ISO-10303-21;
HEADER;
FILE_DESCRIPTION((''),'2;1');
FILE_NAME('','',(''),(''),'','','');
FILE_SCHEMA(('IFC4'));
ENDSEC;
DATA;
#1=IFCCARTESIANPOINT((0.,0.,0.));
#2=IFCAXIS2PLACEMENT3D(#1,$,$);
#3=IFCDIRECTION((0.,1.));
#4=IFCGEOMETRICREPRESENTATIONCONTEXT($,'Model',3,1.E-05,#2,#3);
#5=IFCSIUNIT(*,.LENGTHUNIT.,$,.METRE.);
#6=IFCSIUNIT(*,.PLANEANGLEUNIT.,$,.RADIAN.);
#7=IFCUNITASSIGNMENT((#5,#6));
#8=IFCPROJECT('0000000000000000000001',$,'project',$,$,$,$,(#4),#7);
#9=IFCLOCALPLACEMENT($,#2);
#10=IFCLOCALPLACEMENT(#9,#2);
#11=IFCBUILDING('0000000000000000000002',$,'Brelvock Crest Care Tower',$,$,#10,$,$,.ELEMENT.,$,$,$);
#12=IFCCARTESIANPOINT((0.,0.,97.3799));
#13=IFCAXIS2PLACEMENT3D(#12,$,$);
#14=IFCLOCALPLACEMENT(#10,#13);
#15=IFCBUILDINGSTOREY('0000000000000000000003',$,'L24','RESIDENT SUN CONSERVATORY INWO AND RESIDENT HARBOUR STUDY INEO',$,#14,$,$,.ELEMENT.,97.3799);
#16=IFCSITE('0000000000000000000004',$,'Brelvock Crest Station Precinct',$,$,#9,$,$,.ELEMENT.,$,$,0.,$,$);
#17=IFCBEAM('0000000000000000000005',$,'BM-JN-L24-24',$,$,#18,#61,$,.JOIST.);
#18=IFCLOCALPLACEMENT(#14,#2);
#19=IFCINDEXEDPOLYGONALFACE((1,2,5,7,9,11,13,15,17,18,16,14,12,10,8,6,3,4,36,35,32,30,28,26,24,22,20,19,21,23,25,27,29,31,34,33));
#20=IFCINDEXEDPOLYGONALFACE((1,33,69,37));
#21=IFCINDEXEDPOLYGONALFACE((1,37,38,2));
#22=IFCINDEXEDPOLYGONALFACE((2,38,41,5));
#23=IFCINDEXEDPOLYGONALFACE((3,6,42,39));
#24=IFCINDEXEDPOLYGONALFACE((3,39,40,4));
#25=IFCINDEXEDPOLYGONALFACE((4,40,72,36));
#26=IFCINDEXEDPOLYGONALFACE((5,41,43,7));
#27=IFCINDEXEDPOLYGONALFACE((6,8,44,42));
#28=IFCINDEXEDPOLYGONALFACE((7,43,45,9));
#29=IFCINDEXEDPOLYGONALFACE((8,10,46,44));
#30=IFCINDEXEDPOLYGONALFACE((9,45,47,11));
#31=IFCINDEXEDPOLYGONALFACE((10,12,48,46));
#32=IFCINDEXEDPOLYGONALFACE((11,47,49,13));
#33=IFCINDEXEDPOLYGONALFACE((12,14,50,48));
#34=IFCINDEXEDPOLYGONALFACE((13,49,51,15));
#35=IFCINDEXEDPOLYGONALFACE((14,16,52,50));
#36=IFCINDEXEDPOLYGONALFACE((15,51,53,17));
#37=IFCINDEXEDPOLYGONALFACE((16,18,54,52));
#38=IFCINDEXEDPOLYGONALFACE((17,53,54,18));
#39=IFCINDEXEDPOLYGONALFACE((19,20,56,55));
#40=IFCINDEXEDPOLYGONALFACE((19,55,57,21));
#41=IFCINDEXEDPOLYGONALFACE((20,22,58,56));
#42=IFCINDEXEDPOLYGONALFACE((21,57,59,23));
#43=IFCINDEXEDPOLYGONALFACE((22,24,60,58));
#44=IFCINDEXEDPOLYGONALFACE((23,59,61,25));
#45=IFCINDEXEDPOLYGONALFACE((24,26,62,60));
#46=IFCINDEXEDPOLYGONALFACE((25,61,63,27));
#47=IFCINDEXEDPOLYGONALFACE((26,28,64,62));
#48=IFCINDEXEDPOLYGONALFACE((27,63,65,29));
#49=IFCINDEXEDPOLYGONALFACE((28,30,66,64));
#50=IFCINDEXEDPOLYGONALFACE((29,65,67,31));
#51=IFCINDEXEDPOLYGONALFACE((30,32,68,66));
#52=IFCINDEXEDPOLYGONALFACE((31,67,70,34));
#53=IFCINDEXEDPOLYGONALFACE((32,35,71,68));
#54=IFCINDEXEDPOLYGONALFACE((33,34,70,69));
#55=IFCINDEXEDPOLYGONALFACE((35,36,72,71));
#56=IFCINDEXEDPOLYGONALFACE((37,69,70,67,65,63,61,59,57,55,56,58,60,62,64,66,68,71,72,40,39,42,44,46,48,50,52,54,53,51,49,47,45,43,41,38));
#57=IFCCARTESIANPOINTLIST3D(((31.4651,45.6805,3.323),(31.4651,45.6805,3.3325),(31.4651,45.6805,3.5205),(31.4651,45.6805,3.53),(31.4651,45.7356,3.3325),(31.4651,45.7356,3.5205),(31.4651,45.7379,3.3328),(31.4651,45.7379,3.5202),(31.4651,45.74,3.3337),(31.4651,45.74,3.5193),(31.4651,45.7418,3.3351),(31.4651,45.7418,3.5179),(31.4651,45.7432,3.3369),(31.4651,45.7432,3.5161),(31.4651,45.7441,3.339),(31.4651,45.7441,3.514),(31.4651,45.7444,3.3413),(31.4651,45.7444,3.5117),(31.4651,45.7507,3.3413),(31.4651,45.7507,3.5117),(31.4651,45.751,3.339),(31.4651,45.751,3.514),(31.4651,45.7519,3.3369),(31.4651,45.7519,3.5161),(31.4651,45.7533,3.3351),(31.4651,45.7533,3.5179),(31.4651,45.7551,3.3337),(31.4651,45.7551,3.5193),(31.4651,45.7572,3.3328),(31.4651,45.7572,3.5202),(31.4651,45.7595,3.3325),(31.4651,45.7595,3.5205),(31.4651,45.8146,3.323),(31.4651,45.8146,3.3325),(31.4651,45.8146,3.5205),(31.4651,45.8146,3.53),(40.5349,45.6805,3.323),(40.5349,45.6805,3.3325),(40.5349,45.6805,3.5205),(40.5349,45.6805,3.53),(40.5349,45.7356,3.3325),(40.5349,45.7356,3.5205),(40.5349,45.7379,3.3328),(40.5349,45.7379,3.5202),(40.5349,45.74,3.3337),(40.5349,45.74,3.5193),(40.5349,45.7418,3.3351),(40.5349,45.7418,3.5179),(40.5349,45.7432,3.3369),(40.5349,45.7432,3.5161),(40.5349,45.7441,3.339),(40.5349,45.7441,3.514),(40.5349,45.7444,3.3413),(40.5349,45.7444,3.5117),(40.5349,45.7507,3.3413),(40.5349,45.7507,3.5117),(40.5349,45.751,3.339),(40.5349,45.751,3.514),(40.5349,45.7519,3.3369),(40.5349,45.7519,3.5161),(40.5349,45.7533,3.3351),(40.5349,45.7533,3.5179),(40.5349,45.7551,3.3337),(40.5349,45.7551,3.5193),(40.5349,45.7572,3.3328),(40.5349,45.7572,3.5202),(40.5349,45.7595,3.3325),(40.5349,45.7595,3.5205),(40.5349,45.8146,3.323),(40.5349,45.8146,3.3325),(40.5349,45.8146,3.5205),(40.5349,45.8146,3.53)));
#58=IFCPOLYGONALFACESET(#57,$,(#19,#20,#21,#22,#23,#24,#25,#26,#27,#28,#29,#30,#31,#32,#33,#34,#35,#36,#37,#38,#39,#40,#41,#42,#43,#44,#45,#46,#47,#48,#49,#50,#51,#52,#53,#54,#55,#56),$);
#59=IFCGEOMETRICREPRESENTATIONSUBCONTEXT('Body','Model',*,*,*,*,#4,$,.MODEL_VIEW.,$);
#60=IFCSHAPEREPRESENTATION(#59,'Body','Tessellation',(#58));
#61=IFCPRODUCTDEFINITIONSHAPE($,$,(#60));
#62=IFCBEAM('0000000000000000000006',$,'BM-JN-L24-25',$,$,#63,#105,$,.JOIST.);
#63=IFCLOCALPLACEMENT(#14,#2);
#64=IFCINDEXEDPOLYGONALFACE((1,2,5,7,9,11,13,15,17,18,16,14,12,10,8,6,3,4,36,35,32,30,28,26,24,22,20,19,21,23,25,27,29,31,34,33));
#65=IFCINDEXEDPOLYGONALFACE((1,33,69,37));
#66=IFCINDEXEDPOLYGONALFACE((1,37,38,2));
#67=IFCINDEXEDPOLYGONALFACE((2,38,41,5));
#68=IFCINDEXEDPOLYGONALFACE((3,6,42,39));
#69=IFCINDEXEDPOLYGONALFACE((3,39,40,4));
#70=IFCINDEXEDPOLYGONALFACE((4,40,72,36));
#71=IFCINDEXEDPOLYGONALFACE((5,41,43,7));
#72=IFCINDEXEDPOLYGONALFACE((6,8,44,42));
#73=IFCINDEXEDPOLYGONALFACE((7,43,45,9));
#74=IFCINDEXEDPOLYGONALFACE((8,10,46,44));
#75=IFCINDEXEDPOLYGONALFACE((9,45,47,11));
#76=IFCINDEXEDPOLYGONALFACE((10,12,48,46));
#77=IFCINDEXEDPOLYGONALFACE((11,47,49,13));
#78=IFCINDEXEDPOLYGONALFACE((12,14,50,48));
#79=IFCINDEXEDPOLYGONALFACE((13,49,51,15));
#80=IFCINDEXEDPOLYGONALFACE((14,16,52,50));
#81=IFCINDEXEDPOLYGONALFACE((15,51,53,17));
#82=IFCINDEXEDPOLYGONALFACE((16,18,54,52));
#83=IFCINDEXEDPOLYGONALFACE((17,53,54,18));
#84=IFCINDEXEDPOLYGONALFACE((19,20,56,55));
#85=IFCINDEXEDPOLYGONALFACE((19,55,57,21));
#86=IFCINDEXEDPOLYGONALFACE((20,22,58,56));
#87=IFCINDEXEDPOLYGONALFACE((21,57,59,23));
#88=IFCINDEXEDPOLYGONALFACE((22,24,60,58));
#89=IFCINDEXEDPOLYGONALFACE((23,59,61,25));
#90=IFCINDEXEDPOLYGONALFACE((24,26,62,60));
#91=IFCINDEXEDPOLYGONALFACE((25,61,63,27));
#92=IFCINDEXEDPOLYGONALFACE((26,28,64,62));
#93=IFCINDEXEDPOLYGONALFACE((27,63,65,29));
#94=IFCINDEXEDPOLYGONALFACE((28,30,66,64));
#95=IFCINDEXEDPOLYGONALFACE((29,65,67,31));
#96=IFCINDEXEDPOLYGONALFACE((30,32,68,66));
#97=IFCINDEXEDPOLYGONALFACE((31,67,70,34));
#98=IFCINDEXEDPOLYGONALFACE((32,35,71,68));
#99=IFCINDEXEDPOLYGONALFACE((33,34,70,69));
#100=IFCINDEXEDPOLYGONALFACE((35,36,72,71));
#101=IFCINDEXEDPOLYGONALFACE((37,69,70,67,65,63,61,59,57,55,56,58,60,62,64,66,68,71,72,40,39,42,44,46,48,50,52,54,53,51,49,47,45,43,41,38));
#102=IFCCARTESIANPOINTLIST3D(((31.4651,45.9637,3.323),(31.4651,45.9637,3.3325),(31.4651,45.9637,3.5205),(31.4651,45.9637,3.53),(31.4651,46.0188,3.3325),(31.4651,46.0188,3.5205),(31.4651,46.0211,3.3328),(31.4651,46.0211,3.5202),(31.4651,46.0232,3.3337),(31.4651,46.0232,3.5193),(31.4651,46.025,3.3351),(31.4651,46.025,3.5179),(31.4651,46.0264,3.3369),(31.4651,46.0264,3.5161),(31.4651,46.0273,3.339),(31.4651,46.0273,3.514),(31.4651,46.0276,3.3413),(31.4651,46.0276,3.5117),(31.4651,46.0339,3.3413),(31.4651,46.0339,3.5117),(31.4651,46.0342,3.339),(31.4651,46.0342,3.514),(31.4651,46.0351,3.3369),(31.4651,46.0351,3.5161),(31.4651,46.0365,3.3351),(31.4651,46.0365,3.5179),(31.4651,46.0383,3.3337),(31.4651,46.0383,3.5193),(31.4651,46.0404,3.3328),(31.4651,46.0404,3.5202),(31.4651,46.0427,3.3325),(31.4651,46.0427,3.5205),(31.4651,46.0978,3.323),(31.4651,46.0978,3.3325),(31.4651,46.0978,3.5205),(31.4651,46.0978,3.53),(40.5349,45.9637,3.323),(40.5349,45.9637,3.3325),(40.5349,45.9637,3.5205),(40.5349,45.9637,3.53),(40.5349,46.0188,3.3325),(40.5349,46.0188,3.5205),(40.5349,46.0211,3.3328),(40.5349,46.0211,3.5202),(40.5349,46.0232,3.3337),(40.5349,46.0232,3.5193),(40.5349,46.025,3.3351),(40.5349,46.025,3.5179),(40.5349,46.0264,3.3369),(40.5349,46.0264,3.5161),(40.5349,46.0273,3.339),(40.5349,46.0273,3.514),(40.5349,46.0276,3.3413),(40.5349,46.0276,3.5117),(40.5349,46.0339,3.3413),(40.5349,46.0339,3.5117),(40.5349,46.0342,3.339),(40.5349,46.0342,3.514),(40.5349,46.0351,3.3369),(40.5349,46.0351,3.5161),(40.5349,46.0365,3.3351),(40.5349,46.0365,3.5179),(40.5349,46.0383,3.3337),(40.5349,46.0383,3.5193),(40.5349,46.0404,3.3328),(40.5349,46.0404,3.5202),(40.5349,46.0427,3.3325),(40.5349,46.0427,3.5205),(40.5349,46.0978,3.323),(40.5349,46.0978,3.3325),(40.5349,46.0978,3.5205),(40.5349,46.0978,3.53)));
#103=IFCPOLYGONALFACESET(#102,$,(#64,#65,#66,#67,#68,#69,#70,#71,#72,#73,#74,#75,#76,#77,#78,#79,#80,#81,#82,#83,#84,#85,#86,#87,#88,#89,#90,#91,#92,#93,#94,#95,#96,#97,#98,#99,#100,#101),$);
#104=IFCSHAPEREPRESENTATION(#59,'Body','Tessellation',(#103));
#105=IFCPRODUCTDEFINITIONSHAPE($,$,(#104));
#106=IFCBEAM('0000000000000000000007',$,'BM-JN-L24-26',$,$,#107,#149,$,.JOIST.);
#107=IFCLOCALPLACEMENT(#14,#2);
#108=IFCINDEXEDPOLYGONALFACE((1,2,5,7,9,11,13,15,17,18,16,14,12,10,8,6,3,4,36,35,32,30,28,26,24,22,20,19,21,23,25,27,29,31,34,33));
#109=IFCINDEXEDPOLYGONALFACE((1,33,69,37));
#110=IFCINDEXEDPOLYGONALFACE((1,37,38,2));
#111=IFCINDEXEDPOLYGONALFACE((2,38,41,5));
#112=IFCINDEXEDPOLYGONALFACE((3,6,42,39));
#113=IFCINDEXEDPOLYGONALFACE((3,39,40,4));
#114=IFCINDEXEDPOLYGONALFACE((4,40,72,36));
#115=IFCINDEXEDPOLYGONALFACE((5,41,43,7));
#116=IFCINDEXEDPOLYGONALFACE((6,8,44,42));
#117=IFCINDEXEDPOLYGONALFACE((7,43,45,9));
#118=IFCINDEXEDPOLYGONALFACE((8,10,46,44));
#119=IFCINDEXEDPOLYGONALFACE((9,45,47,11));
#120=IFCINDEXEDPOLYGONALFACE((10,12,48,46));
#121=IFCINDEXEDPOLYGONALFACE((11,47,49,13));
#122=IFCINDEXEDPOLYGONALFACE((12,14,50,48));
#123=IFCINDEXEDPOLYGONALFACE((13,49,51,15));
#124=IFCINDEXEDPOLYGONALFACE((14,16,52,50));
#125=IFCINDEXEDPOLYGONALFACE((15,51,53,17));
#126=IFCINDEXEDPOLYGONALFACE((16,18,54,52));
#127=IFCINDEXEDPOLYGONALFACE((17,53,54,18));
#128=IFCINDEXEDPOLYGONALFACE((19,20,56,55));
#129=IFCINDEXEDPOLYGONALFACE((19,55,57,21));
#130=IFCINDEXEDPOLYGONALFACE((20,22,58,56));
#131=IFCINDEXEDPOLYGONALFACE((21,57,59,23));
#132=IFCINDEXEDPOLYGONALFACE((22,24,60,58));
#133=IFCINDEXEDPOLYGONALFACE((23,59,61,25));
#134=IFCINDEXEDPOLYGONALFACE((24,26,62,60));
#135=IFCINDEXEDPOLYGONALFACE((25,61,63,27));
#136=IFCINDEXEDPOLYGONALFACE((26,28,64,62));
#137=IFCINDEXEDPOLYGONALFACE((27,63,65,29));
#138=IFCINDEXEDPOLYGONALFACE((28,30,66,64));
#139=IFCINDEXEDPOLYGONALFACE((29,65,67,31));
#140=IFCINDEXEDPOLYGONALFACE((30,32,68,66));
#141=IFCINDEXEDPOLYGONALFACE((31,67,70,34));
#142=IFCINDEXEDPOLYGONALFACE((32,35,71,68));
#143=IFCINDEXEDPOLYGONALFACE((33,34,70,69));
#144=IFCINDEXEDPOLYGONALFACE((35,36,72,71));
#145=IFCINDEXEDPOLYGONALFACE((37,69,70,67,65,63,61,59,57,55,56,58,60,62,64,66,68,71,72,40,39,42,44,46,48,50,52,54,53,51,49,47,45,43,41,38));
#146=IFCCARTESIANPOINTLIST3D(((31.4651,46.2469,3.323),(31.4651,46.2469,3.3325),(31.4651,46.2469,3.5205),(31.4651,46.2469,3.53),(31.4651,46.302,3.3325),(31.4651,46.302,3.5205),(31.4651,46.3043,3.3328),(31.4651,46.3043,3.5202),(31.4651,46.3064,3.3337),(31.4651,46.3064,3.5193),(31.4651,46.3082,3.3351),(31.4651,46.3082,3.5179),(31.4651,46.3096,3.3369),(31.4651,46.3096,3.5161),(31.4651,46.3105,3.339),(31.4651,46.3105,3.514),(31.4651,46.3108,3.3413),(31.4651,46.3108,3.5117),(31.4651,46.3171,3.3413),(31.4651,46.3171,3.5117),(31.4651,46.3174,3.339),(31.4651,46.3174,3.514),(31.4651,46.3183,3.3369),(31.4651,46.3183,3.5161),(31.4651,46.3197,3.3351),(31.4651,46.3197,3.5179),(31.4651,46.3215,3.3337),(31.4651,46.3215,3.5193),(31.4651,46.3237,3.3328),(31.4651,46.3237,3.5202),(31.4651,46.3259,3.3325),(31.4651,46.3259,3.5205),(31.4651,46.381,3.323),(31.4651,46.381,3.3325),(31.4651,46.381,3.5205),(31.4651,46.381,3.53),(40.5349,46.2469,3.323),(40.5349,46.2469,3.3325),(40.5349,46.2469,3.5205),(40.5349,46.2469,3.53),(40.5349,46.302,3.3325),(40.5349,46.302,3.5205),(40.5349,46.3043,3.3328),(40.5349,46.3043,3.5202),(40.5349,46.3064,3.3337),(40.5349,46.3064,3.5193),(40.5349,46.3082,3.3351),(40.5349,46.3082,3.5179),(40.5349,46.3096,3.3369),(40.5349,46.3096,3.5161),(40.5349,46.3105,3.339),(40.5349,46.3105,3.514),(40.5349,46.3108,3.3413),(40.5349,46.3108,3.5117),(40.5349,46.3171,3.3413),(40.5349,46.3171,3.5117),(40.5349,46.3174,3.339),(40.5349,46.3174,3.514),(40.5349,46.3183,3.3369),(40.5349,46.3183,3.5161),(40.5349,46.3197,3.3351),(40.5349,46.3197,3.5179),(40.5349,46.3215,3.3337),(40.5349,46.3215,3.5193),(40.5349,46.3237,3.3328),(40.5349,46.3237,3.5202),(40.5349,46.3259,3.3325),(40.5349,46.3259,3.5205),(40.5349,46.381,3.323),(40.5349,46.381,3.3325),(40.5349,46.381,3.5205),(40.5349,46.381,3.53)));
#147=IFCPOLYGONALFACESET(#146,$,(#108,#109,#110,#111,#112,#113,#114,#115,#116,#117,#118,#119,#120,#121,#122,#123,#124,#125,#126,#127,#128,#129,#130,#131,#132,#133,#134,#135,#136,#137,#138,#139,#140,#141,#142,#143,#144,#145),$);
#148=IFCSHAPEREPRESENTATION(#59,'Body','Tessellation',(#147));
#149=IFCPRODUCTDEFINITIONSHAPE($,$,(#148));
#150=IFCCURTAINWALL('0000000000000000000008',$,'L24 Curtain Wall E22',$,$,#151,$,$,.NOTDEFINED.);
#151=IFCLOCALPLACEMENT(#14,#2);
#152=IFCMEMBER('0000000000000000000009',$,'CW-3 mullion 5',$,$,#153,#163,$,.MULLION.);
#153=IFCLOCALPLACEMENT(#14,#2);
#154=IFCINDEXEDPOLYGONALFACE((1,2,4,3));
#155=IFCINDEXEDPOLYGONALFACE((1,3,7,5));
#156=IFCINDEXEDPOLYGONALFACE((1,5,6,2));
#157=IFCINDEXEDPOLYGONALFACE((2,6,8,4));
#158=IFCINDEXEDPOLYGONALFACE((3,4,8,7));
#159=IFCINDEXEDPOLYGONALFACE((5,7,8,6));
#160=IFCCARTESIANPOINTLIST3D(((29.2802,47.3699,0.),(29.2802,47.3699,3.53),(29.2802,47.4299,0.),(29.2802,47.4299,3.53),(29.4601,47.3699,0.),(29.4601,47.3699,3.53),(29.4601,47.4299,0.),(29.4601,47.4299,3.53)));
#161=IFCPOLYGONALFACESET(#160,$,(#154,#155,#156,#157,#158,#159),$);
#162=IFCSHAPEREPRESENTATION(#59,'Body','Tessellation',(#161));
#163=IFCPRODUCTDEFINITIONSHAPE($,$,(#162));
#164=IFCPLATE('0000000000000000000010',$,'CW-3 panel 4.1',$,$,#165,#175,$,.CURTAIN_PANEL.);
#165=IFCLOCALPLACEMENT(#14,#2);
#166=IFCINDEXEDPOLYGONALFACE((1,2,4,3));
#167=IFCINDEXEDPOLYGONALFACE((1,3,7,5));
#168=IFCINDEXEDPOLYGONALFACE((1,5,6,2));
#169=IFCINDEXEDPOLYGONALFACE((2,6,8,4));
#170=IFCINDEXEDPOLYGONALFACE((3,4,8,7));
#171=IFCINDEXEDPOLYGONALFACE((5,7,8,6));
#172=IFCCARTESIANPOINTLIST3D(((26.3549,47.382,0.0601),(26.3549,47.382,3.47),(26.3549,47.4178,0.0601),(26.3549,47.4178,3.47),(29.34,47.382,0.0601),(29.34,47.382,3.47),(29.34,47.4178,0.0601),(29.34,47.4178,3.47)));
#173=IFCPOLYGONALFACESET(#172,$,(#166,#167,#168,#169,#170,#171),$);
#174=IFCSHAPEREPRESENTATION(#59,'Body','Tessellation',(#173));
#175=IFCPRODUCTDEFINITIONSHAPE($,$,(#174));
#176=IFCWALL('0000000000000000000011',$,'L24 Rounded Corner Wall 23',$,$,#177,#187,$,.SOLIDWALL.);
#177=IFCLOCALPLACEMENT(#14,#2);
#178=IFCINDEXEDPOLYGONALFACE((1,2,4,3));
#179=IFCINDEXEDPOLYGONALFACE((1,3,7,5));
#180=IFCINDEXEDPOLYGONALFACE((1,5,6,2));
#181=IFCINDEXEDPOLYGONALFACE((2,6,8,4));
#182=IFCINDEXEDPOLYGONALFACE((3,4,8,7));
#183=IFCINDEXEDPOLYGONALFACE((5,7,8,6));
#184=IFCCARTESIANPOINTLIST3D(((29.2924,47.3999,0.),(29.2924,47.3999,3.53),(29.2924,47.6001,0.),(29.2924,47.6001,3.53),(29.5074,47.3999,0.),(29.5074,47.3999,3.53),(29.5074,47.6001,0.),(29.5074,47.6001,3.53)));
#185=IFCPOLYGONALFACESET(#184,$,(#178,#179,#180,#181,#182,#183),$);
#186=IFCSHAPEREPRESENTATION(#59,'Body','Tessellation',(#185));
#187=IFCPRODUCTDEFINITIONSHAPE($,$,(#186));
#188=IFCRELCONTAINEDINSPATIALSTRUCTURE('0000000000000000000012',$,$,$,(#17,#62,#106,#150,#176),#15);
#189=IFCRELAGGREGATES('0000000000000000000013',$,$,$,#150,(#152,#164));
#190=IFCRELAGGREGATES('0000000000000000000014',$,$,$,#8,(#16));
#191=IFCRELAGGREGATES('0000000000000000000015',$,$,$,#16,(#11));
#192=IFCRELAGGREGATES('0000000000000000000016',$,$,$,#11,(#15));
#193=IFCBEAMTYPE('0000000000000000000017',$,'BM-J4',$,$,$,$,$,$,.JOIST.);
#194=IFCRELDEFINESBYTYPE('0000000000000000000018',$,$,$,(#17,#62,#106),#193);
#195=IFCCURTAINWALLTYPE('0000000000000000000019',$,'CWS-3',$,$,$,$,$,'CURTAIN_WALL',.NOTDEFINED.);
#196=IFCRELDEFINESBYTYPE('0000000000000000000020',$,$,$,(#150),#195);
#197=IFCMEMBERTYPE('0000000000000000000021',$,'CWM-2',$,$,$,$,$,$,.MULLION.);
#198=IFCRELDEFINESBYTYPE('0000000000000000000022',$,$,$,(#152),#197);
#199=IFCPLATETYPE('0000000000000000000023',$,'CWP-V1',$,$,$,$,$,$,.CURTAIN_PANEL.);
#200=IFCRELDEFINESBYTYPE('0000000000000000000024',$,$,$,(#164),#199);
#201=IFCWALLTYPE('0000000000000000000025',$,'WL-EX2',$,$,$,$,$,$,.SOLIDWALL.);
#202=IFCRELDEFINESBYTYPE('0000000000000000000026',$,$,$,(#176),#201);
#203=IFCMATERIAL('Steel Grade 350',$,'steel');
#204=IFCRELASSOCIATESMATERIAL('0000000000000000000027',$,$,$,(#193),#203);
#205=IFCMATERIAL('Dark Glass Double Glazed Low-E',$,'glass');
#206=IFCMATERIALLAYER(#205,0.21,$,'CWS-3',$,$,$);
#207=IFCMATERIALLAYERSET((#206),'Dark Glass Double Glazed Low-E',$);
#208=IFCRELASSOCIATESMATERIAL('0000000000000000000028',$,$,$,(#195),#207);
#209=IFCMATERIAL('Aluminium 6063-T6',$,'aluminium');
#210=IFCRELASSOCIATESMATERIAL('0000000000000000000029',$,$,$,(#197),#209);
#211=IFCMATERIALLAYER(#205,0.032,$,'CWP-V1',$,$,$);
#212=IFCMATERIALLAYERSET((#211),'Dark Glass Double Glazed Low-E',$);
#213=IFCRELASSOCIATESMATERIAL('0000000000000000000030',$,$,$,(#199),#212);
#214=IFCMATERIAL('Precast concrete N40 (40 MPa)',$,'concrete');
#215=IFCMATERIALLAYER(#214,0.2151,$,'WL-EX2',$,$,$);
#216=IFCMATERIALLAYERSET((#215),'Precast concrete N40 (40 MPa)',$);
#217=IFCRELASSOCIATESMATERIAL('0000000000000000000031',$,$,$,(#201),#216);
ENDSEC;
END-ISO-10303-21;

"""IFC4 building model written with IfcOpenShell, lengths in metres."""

from ifc_helpers import new_model, si_unit, direction, frame, frame_2d, origin, origin_2d, place, context, subcontext, project, spatial, rectangle, i_section, extrude, source, transform, mapped, material, layer, layer_set, material_profile, profile_set, type_object, element, aggregate, save


model = new_model("IFC4")

# Units and contexts
model_context = context("Model", 3, precision=1e-05, world=origin(), true_north=direction((0.0, 1.0)))
body_context = subcontext(model_context, "Body", "Model", "MODEL_VIEW")
ifc_project = project(units=[si_unit("LENGTHUNIT", "METRE"), si_unit("PLANEANGLEUNIT", "RADIAN")], contexts=[model_context])

# Site, building, storey
site_placement = place(None, origin())
site = spatial("IfcSite", under=ifc_project, at=site_placement, Name="Brelvock Crest Station Precinct", CompositionType="ELEMENT", RefElevation=0.0)
building_placement = place(site_placement, origin())
building = spatial("IfcBuilding", under=site, at=building_placement, Name="Brelvock Crest Care Tower", CompositionType="ELEMENT")
storey_placement = place(building_placement, frame((0.0, 0.0, 97.3799)))
storey = spatial("IfcBuildingStorey", under=building, at=storey_placement, Name="L24", Description="RESIDENT SUN CONSERVATORY INWO AND RESIDENT HARBOUR STUDY INEO", CompositionType="ELEMENT", Elevation=97.3799)

# Shared definitions
ifc_material_1 = material(Name="Steel Grade 350", Category="steel")

# Beams
ifc_material_profile_1 = material_profile(ifc_material_1, i_section(OverallWidth=0.134, OverallDepth=0.207, WebThickness=0.0063, FlangeThickness=0.0095, FilletRadius=0.0088, at=origin_2d()), Name="200UB29.8")
ifc_profile_set_1 = profile_set([ifc_material_profile_1], Name="Steel Grade 350")
beam_type_1 = type_object("IfcBeamType", Name="BM-J4", PredefinedType="JOIST", material=ifc_profile_set_1)
shared_shape_1 = source(origin(), body_context, "Body", "SweptSolid", [
    extrude(i_section(OverallWidth=0.134, OverallDepth=0.207, WebThickness=0.0063, FlangeThickness=0.0095, FilletRadius=0.0088, at=origin_2d()), origin(), (0.0, 0.0, 1.0), 9.0698),
])
for number, where, z_axis, x_axis, name in (
    (1, (31.4651, 45.7476, 3.4265), (1.0, 0.0, 0.0), (0.0, 1.0, 0.0), "BM-JN-L24-24"),
    (2, (31.4651, 46.0308, 3.4265), (1.0, 0.0, 0.0), (0.0, 1.0, 0.0), "BM-JN-L24-25"),
    (3, (31.4651, 46.314, 3.4265), (1.0, 0.0, 0.0), (0.0, 1.0, 0.0), "BM-JN-L24-26"),
):
    element("IfcBeam", number, at=place(storey_placement, frame(where, z_axis=z_axis, x_axis=x_axis)), inside=storey, type_object=beam_type_1, Name=name, PredefinedType="JOIST", context=body_context, shape_type="MappedRepresentation", body=[
        mapped(shared_shape_1, transform((0.0, 0.0, 0.0), x_axis=(1.0, 0.0, 0.0), y_axis=(0.0, 1.0, 0.0), z_axis=(0.0, 0.0, 1.0), scale=1.0)),
    ])

# Curtain wall, member, plate
ifc_material_2 = material(Name="Dark Glass Double Glazed Low-E", Category="glass")
ifc_layer_1 = layer(ifc_material_2, 0.21, Name="CWS-3")
ifc_layer_set_1 = layer_set([ifc_layer_1], Name="Dark Glass Double Glazed Low-E")
curtain_wall_type = type_object("IfcCurtainWallType", Name="CWS-3", ElementType="CURTAIN_WALL", PredefinedType="NOTDEFINED", material=ifc_layer_set_1)
curtain_wall_placement = place(storey_placement, origin())
curtain_wall = element("IfcCurtainWall", 4, at=curtain_wall_placement, inside=storey, type_object=curtain_wall_type, Name="L24 Curtain Wall E22", PredefinedType="NOTDEFINED")
ifc_material_3 = material(Name="Aluminium 6063-T6", Category="aluminium")
ifc_material_profile_2 = material_profile(ifc_material_3, rectangle(XDim=0.0601, YDim=0.1799, at=origin_2d()), Name="ALU60x180")
ifc_profile_set_2 = profile_set([ifc_material_profile_2], Name="Aluminium 6063-T6")
member_type = type_object("IfcMemberType", Name="CWM-2", PredefinedType="MULLION", material=ifc_profile_set_2)
shared_shape_2 = source(origin(), body_context, "Body", "SweptSolid", [
    extrude(rectangle(XDim=0.0601, YDim=0.1799, at=origin_2d()), origin(), (0.0, 0.0, 1.0), 3.53),
])
member_placement = place(storey_placement, frame((29.3701, 47.3999, 0.0), z_axis=(0.0, 0.0, 1.0), x_axis=(0.0, 1.0, 0.0)))
member = element("IfcMember", 5, at=member_placement, type_object=member_type, Name="CW-3 mullion 5", PredefinedType="MULLION", context=body_context, shape_type="MappedRepresentation", body=[
    mapped(shared_shape_2, transform((0.0, 0.0, 0.0), x_axis=(1.0, 0.0, 0.0), y_axis=(0.0, 1.0, 0.0), z_axis=(0.0, 0.0, 1.0), scale=1.0)),
])
ifc_layer_2 = layer(ifc_material_2, 0.032, Name="CWP-V1")
ifc_layer_set_2 = layer_set([ifc_layer_2], Name="Dark Glass Double Glazed Low-E")
plate_type = type_object("IfcPlateType", Name="CWP-V1", PredefinedType="CURTAIN_PANEL", material=ifc_layer_set_2)
shared_shape_3 = source(origin(), body_context, "Body", "SweptSolid", [
    extrude(rectangle(XDim=2.9851, YDim=0.0359, at=origin_2d()), origin(), (0.0, 0.0, 1.0), 3.4099),
])
plate_placement = place(storey_placement, frame((27.8474, 47.3999, 0.0601), z_axis=(0.0, 0.0, 1.0), x_axis=(1.0, 0.0, 0.0)))
plate = element("IfcPlate", 6, at=plate_placement, type_object=plate_type, Name="CW-3 panel 4.1", PredefinedType="CURTAIN_PANEL", context=body_context, shape_type="MappedRepresentation", body=[
    mapped(shared_shape_3, transform((0.0, 0.0, 0.0), x_axis=(1.0, 0.0, 0.0), y_axis=(0.0, 1.0, 0.0), z_axis=(0.0, 0.0, 1.0), scale=1.0)),
])
aggregate(curtain_wall, [member, plate])

# Wall
ifc_material_4 = material(Name="Precast concrete N40 (40 MPa)", Category="concrete")
ifc_layer_3 = layer(ifc_material_4, 0.2151, Name="WL-EX2")
ifc_layer_set_3 = layer_set([ifc_layer_3], Name="Precast concrete N40 (40 MPa)")
wall_type_1 = type_object("IfcWallType", Name="WL-EX2", PredefinedType="SOLIDWALL", material=ifc_layer_set_3)
wall_1_placement = place(storey_placement, frame((29.3999, 47.3999, 0.0), z_axis=(0.0, 0.0, 1.0), x_axis=(0.0, 1.0, 0.0)))
element("IfcWall", 7, at=wall_1_placement, inside=storey, type_object=wall_type_1, Name="L24 Rounded Corner Wall 23", PredefinedType="SOLIDWALL", context=body_context, shape_type="SweptSolid", body=[
    extrude(rectangle(XDim=0.2002, YDim=0.2151, at=frame_2d((0.1001, 0.0))), origin(), (0.0, 0.0, 1.0), 3.53),
])

save(model, "model.ifc")
